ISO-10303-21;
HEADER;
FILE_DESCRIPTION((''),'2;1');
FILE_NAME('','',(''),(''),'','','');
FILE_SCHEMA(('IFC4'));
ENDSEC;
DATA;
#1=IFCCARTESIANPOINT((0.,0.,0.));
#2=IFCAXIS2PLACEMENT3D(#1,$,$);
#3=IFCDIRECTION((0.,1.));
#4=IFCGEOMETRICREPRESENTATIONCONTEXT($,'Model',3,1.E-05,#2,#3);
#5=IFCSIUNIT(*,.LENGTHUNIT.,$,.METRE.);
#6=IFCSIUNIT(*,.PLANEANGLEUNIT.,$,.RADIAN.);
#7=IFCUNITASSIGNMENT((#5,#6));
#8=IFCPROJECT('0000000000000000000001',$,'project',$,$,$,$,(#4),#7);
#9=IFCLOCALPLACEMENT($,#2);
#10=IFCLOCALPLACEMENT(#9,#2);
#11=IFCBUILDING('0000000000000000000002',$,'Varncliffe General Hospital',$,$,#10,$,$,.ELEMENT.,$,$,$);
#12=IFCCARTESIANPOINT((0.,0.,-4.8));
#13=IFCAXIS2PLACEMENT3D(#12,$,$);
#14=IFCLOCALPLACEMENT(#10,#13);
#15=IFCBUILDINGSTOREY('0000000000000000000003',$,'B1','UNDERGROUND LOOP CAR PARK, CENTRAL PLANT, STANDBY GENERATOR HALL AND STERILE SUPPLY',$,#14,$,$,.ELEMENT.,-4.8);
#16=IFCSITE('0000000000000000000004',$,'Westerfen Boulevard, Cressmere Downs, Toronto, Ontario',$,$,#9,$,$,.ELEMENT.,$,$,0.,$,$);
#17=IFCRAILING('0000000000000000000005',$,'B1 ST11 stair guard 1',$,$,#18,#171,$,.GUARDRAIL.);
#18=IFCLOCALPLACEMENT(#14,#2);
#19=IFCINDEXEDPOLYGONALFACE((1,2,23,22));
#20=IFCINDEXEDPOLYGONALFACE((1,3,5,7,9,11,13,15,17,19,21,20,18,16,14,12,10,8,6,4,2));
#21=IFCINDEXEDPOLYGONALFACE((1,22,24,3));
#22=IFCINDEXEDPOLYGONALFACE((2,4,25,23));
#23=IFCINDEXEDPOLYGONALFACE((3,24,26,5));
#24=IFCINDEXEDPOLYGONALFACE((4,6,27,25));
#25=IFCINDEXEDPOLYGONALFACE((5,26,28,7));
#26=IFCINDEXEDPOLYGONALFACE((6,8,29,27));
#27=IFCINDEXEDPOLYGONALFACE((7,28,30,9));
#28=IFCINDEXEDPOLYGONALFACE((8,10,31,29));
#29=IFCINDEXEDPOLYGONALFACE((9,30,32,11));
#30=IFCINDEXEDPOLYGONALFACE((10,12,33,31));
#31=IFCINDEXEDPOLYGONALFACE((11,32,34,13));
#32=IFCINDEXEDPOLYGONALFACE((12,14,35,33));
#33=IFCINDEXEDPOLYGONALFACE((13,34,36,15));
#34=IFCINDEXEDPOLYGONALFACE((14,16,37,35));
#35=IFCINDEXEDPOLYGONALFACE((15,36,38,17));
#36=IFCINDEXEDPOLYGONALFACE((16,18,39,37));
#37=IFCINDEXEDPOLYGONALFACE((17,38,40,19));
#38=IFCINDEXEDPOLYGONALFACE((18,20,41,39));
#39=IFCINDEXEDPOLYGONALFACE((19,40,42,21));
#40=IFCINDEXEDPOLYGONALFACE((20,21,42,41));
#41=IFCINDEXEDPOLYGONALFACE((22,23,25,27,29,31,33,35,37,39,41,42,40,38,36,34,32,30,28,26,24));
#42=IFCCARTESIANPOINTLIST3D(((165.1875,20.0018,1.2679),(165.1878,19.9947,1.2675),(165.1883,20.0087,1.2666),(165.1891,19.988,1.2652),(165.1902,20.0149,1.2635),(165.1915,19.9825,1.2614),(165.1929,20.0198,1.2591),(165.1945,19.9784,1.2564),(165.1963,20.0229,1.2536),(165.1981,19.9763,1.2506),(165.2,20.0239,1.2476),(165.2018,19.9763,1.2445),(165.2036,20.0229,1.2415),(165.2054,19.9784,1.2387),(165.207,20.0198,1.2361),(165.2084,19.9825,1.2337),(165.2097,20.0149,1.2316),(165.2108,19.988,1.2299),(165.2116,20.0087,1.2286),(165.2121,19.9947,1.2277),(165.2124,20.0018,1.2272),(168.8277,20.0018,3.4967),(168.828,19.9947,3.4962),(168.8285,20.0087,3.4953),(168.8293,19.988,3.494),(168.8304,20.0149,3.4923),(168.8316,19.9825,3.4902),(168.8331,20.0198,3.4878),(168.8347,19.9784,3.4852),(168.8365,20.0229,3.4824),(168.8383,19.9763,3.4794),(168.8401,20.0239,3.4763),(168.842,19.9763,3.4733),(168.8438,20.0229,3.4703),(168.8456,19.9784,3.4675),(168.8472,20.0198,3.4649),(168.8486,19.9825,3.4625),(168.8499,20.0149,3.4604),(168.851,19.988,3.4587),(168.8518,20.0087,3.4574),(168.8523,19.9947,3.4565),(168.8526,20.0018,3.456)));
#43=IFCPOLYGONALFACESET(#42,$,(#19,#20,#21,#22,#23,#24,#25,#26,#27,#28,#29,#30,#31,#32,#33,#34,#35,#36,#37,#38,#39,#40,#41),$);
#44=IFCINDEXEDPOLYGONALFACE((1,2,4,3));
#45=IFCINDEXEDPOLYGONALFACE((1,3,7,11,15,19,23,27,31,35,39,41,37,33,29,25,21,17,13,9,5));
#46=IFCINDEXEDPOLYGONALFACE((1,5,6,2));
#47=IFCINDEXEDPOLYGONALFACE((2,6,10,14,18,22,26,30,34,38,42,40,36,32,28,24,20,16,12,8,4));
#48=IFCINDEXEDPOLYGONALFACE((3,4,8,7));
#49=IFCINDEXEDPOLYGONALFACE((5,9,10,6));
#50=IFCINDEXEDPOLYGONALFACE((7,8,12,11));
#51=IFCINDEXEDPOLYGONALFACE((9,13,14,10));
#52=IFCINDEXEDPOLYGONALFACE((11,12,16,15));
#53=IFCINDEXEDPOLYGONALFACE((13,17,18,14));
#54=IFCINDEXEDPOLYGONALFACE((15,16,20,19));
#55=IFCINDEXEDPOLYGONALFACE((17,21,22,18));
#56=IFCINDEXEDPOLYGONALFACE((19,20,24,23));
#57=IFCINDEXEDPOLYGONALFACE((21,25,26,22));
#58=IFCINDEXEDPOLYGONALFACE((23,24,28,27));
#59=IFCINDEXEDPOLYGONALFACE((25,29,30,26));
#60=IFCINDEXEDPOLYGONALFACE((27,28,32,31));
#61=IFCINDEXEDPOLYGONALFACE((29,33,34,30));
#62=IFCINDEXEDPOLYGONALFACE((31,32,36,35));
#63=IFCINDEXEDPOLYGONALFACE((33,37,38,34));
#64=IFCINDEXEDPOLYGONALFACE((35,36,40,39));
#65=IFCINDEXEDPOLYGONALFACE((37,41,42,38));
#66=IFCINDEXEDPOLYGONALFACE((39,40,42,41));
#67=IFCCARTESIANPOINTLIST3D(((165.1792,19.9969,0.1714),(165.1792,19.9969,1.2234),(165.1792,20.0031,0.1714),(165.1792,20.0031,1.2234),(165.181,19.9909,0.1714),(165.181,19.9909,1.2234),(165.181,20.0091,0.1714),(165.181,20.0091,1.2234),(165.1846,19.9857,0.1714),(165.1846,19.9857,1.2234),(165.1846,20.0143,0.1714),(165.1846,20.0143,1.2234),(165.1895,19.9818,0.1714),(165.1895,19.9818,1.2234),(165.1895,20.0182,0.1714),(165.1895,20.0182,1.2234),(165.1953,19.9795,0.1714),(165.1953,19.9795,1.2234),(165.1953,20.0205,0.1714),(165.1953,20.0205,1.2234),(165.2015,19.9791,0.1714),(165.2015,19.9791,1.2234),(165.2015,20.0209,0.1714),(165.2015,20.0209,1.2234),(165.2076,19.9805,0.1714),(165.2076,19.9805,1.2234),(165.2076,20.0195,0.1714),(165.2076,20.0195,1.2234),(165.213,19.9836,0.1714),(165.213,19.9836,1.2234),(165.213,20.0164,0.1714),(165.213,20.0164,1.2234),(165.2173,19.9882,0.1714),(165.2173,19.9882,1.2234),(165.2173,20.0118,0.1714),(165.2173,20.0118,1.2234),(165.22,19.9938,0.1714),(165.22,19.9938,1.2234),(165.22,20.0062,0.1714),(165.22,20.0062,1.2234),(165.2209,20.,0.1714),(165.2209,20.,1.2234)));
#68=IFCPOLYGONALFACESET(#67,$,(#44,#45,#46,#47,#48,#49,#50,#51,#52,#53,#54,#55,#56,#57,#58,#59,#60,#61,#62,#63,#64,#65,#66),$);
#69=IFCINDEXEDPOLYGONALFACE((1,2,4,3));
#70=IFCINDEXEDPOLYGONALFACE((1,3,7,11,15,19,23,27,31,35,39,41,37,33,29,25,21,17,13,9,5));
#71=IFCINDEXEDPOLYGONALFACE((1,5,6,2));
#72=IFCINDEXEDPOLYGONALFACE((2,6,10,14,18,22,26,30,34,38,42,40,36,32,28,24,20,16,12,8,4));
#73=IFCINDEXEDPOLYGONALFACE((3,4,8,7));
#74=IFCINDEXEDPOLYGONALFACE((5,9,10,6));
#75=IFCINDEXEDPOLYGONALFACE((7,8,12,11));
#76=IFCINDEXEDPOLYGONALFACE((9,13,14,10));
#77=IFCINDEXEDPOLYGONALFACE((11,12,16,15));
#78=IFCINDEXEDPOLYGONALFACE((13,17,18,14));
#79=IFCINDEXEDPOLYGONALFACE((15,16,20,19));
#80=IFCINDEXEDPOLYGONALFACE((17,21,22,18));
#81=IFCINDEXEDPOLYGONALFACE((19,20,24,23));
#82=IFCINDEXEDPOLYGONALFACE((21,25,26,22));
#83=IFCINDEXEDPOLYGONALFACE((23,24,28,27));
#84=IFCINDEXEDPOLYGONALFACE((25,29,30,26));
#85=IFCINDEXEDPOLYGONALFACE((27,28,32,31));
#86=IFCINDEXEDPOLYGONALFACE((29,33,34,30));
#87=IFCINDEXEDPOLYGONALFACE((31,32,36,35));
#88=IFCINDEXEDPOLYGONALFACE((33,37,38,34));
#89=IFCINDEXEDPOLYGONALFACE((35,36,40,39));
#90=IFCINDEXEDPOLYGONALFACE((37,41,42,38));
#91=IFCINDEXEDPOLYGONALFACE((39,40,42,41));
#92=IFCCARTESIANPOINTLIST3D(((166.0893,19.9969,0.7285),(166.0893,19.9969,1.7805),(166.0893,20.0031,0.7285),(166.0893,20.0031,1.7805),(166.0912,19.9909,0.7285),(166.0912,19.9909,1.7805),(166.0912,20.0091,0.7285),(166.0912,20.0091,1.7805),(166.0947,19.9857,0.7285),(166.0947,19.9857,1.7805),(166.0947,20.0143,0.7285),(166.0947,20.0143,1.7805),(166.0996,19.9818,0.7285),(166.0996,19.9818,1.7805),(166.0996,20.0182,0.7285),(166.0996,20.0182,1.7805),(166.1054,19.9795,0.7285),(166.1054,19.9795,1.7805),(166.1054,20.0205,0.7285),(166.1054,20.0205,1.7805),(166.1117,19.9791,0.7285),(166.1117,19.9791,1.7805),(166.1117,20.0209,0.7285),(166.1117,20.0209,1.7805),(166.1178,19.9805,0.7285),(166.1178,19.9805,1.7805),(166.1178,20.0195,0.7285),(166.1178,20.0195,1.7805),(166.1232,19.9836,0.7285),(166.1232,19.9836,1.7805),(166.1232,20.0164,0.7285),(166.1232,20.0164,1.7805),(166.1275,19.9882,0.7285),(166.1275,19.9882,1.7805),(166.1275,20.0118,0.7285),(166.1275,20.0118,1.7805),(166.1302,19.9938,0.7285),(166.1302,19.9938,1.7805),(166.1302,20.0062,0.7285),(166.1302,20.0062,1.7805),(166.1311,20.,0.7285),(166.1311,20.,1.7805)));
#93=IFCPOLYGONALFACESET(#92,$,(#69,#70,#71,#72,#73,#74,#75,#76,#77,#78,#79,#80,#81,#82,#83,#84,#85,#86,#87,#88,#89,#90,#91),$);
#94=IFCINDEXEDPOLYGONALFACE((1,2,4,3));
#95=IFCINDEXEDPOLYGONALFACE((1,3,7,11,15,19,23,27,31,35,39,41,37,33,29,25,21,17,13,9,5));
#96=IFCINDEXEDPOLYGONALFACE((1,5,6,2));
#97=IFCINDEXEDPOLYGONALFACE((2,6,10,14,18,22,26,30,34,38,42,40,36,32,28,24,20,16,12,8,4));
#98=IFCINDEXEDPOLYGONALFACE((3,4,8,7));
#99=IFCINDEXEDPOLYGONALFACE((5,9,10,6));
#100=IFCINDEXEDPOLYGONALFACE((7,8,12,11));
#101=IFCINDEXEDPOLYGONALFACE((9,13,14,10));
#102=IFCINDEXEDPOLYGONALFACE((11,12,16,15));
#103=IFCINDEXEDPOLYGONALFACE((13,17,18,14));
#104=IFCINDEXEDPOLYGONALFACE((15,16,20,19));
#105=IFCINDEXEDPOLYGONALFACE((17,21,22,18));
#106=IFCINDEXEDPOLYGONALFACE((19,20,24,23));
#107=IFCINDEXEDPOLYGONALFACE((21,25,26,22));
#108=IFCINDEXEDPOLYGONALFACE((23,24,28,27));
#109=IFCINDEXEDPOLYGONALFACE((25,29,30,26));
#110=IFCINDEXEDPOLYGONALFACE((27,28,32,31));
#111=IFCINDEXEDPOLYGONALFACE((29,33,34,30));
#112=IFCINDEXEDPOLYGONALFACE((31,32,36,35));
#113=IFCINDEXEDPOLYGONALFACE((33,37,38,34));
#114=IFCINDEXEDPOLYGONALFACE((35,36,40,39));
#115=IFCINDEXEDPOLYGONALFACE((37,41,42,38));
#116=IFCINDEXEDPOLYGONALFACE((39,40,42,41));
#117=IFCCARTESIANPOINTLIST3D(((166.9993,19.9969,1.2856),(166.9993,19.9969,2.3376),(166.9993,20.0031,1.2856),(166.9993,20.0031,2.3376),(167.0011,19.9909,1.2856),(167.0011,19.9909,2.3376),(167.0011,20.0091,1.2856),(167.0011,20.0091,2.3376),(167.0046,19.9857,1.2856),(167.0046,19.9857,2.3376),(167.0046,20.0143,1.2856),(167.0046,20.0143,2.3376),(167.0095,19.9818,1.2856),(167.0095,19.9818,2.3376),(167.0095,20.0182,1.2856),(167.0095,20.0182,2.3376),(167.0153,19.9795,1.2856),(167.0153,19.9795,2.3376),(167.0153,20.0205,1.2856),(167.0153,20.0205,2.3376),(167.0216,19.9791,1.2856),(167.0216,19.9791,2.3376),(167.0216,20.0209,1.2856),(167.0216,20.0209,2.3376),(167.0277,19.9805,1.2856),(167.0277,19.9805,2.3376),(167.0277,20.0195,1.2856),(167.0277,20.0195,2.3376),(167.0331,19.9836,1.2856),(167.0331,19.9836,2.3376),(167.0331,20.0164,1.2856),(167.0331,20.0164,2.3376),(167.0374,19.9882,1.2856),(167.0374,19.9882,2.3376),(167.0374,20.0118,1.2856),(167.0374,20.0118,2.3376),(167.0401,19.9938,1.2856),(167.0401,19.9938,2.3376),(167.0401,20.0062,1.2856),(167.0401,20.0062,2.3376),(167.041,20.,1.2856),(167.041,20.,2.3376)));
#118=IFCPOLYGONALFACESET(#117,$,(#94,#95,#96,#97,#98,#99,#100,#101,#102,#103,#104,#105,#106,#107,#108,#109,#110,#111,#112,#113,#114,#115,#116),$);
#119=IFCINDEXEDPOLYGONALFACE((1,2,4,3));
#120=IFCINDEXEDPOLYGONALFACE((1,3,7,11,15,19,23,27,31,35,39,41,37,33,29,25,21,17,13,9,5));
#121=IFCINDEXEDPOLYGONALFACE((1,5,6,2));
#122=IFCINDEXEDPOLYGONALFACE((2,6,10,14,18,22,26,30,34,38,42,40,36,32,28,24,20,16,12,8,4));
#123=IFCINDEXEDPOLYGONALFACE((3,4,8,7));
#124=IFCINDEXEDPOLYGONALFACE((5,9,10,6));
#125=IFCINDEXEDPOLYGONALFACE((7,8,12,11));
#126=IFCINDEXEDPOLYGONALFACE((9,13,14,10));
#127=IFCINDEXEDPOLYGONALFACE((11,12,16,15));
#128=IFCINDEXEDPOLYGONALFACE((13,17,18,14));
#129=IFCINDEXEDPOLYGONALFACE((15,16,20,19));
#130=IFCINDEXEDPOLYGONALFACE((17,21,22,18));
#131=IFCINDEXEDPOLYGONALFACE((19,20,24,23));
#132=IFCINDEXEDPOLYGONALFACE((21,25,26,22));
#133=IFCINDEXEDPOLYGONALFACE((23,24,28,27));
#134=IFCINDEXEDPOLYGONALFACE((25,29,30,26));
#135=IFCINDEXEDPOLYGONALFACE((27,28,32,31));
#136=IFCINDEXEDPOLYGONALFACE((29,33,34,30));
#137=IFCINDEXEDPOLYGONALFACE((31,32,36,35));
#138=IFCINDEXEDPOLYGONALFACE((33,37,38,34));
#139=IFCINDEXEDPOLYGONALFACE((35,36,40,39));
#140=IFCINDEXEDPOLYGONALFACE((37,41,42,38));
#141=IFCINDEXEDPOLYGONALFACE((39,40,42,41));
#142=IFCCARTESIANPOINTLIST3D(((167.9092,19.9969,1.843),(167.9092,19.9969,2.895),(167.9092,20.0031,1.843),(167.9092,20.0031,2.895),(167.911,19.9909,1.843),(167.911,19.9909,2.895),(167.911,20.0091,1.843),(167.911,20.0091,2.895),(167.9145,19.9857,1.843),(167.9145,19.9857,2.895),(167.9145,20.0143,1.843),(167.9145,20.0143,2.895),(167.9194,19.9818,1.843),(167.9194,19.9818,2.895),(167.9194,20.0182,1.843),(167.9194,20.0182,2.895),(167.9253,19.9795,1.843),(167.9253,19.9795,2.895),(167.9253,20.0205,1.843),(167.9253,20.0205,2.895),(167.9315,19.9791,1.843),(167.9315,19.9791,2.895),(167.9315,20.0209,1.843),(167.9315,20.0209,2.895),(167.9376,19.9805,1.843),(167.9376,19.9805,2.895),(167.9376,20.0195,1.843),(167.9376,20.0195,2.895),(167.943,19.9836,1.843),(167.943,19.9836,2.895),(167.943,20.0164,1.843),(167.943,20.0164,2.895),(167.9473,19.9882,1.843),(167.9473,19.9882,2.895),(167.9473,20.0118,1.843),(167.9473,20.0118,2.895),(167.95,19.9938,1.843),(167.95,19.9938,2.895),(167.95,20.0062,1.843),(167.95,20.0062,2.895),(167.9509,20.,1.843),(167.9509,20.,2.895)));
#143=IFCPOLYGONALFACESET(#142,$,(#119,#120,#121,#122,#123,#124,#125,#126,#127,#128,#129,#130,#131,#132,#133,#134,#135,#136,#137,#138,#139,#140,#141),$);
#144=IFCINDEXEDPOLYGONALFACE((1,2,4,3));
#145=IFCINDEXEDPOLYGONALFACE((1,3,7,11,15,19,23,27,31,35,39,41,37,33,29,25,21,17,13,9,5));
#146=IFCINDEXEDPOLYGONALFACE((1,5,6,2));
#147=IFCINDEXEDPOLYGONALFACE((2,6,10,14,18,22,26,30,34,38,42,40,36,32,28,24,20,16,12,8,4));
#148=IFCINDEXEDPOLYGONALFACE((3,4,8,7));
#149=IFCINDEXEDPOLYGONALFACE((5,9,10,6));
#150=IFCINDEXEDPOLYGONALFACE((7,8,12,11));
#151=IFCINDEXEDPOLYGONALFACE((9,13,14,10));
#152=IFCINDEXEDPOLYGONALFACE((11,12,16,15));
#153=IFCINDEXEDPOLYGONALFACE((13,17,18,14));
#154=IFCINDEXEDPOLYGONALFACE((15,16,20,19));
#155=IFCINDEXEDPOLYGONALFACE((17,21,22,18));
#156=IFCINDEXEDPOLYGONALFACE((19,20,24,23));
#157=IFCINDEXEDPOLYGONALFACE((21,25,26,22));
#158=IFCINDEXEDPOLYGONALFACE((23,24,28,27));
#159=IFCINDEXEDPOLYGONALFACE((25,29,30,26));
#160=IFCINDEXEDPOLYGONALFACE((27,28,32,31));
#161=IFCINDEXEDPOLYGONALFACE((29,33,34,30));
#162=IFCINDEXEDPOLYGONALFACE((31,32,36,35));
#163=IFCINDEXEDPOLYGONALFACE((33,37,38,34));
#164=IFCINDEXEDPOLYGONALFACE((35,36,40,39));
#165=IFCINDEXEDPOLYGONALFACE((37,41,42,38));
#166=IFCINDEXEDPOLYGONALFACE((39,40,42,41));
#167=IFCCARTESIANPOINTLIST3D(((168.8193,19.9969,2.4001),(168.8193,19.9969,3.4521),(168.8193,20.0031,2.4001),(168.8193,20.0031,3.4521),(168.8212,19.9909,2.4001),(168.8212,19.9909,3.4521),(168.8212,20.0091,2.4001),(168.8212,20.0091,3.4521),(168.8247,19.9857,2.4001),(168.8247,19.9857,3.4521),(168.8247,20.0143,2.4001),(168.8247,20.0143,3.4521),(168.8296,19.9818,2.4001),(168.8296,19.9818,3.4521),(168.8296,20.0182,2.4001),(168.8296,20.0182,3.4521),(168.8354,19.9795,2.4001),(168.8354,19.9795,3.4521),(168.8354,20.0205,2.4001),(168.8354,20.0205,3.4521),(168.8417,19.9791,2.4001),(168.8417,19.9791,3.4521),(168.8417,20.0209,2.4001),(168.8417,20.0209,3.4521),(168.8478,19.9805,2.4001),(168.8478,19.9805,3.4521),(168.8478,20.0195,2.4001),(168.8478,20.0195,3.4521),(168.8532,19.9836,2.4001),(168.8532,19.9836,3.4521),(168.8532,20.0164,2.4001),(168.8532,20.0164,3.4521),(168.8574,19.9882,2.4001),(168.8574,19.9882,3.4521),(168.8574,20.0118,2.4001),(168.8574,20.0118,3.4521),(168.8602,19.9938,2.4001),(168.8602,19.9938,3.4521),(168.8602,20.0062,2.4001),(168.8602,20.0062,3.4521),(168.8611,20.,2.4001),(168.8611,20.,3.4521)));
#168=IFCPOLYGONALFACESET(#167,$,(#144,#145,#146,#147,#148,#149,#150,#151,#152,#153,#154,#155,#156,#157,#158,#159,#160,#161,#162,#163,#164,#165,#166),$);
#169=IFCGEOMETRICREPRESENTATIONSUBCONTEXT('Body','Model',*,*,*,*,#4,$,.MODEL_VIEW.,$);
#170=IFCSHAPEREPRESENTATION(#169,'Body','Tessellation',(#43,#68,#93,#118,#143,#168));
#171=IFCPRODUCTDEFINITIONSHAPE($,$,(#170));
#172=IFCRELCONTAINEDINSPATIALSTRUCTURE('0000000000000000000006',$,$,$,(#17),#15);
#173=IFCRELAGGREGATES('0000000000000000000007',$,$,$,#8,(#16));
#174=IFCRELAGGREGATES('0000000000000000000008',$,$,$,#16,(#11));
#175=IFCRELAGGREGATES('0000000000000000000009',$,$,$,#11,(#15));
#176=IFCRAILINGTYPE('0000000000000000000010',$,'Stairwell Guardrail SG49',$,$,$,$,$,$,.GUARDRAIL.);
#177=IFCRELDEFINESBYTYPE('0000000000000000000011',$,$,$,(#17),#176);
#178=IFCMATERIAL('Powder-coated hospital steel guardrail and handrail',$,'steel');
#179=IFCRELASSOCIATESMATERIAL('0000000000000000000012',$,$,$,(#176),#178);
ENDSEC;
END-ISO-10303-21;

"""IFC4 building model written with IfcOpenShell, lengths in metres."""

from ifc_helpers import new_model, si_unit, direction, frame, origin, origin_2d, place, context, subcontext, project, spatial, circle, extrude, material, type_object, element, save


model = new_model("IFC4")

# Units and contexts
model_context = context("Model", 3, precision=1e-05, world=origin(), true_north=direction((0.0, 1.0)))
body_context = subcontext(model_context, "Body", "Model", "MODEL_VIEW")
ifc_project = project(units=[si_unit("LENGTHUNIT", "METRE"), si_unit("PLANEANGLEUNIT", "RADIAN")], contexts=[model_context])

# Site, building, storey
site_placement = place(None, origin())
site = spatial("IfcSite", under=ifc_project, at=site_placement, Name="Westerfen Boulevard, Cressmere Downs, Toronto, Ontario", CompositionType="ELEMENT", RefElevation=0.0)
building_placement = place(site_placement, origin())
building = spatial("IfcBuilding", under=site, at=building_placement, Name="Varncliffe General Hospital", CompositionType="ELEMENT")
storey_placement = place(building_placement, frame((0.0, 0.0, -4.8)))
storey = spatial("IfcBuildingStorey", under=building, at=storey_placement, Name="B1", Description="UNDERGROUND LOOP CAR PARK, CENTRAL PLANT, STANDBY GENERATOR HALL AND STERILE SUPPLY", CompositionType="ELEMENT", Elevation=-4.8)

# Railing
ifc_material_1 = material(Name="Powder-coated hospital steel guardrail and handrail", Category="steel")
railing_type_1 = type_object("IfcRailingType", Name="Stairwell Guardrail SG49", PredefinedType="GUARDRAIL", material=ifc_material_1)
railing_1_placement = place(storey_placement, frame((165.2, 20.0, 0.1714)))
element("IfcRailing", 1, at=railing_1_placement, inside=storey, type_object=railing_type_1, Name="B1 ST11 stair guard 1", PredefinedType="GUARDRAIL", context=body_context, shape_type="SweptSolid", body=[
    extrude(circle(Radius=0.0239, at=origin_2d()), frame((0.0, 0.0, 1.0762), z_axis=(0.85284, 0.0, 0.522172), x_axis=(0.0, 1.0, 0.0)), (0.0, 0.0, 1.0), 4.2683),
    extrude(circle(Radius=0.021, at=origin_2d()), origin(), (0.0, 0.0, 1.0), 1.052),
    extrude(circle(Radius=0.021, at=origin_2d()), frame((0.9102, 0.0, 0.5571)), (0.0, 0.0, 1.0), 1.052),
    extrude(circle(Radius=0.021, at=origin_2d()), frame((1.8201, 0.0, 1.1143)), (0.0, 0.0, 1.0), 1.052),
    extrude(circle(Radius=0.021, at=origin_2d()), frame((2.73, 0.0, 1.6716)), (0.0, 0.0, 1.0), 1.052),
    extrude(circle(Radius=0.021, at=origin_2d()), frame((3.6401, 0.0, 2.2288)), (0.0, 0.0, 1.0), 1.052),
])

save(model, "model.ifc")
